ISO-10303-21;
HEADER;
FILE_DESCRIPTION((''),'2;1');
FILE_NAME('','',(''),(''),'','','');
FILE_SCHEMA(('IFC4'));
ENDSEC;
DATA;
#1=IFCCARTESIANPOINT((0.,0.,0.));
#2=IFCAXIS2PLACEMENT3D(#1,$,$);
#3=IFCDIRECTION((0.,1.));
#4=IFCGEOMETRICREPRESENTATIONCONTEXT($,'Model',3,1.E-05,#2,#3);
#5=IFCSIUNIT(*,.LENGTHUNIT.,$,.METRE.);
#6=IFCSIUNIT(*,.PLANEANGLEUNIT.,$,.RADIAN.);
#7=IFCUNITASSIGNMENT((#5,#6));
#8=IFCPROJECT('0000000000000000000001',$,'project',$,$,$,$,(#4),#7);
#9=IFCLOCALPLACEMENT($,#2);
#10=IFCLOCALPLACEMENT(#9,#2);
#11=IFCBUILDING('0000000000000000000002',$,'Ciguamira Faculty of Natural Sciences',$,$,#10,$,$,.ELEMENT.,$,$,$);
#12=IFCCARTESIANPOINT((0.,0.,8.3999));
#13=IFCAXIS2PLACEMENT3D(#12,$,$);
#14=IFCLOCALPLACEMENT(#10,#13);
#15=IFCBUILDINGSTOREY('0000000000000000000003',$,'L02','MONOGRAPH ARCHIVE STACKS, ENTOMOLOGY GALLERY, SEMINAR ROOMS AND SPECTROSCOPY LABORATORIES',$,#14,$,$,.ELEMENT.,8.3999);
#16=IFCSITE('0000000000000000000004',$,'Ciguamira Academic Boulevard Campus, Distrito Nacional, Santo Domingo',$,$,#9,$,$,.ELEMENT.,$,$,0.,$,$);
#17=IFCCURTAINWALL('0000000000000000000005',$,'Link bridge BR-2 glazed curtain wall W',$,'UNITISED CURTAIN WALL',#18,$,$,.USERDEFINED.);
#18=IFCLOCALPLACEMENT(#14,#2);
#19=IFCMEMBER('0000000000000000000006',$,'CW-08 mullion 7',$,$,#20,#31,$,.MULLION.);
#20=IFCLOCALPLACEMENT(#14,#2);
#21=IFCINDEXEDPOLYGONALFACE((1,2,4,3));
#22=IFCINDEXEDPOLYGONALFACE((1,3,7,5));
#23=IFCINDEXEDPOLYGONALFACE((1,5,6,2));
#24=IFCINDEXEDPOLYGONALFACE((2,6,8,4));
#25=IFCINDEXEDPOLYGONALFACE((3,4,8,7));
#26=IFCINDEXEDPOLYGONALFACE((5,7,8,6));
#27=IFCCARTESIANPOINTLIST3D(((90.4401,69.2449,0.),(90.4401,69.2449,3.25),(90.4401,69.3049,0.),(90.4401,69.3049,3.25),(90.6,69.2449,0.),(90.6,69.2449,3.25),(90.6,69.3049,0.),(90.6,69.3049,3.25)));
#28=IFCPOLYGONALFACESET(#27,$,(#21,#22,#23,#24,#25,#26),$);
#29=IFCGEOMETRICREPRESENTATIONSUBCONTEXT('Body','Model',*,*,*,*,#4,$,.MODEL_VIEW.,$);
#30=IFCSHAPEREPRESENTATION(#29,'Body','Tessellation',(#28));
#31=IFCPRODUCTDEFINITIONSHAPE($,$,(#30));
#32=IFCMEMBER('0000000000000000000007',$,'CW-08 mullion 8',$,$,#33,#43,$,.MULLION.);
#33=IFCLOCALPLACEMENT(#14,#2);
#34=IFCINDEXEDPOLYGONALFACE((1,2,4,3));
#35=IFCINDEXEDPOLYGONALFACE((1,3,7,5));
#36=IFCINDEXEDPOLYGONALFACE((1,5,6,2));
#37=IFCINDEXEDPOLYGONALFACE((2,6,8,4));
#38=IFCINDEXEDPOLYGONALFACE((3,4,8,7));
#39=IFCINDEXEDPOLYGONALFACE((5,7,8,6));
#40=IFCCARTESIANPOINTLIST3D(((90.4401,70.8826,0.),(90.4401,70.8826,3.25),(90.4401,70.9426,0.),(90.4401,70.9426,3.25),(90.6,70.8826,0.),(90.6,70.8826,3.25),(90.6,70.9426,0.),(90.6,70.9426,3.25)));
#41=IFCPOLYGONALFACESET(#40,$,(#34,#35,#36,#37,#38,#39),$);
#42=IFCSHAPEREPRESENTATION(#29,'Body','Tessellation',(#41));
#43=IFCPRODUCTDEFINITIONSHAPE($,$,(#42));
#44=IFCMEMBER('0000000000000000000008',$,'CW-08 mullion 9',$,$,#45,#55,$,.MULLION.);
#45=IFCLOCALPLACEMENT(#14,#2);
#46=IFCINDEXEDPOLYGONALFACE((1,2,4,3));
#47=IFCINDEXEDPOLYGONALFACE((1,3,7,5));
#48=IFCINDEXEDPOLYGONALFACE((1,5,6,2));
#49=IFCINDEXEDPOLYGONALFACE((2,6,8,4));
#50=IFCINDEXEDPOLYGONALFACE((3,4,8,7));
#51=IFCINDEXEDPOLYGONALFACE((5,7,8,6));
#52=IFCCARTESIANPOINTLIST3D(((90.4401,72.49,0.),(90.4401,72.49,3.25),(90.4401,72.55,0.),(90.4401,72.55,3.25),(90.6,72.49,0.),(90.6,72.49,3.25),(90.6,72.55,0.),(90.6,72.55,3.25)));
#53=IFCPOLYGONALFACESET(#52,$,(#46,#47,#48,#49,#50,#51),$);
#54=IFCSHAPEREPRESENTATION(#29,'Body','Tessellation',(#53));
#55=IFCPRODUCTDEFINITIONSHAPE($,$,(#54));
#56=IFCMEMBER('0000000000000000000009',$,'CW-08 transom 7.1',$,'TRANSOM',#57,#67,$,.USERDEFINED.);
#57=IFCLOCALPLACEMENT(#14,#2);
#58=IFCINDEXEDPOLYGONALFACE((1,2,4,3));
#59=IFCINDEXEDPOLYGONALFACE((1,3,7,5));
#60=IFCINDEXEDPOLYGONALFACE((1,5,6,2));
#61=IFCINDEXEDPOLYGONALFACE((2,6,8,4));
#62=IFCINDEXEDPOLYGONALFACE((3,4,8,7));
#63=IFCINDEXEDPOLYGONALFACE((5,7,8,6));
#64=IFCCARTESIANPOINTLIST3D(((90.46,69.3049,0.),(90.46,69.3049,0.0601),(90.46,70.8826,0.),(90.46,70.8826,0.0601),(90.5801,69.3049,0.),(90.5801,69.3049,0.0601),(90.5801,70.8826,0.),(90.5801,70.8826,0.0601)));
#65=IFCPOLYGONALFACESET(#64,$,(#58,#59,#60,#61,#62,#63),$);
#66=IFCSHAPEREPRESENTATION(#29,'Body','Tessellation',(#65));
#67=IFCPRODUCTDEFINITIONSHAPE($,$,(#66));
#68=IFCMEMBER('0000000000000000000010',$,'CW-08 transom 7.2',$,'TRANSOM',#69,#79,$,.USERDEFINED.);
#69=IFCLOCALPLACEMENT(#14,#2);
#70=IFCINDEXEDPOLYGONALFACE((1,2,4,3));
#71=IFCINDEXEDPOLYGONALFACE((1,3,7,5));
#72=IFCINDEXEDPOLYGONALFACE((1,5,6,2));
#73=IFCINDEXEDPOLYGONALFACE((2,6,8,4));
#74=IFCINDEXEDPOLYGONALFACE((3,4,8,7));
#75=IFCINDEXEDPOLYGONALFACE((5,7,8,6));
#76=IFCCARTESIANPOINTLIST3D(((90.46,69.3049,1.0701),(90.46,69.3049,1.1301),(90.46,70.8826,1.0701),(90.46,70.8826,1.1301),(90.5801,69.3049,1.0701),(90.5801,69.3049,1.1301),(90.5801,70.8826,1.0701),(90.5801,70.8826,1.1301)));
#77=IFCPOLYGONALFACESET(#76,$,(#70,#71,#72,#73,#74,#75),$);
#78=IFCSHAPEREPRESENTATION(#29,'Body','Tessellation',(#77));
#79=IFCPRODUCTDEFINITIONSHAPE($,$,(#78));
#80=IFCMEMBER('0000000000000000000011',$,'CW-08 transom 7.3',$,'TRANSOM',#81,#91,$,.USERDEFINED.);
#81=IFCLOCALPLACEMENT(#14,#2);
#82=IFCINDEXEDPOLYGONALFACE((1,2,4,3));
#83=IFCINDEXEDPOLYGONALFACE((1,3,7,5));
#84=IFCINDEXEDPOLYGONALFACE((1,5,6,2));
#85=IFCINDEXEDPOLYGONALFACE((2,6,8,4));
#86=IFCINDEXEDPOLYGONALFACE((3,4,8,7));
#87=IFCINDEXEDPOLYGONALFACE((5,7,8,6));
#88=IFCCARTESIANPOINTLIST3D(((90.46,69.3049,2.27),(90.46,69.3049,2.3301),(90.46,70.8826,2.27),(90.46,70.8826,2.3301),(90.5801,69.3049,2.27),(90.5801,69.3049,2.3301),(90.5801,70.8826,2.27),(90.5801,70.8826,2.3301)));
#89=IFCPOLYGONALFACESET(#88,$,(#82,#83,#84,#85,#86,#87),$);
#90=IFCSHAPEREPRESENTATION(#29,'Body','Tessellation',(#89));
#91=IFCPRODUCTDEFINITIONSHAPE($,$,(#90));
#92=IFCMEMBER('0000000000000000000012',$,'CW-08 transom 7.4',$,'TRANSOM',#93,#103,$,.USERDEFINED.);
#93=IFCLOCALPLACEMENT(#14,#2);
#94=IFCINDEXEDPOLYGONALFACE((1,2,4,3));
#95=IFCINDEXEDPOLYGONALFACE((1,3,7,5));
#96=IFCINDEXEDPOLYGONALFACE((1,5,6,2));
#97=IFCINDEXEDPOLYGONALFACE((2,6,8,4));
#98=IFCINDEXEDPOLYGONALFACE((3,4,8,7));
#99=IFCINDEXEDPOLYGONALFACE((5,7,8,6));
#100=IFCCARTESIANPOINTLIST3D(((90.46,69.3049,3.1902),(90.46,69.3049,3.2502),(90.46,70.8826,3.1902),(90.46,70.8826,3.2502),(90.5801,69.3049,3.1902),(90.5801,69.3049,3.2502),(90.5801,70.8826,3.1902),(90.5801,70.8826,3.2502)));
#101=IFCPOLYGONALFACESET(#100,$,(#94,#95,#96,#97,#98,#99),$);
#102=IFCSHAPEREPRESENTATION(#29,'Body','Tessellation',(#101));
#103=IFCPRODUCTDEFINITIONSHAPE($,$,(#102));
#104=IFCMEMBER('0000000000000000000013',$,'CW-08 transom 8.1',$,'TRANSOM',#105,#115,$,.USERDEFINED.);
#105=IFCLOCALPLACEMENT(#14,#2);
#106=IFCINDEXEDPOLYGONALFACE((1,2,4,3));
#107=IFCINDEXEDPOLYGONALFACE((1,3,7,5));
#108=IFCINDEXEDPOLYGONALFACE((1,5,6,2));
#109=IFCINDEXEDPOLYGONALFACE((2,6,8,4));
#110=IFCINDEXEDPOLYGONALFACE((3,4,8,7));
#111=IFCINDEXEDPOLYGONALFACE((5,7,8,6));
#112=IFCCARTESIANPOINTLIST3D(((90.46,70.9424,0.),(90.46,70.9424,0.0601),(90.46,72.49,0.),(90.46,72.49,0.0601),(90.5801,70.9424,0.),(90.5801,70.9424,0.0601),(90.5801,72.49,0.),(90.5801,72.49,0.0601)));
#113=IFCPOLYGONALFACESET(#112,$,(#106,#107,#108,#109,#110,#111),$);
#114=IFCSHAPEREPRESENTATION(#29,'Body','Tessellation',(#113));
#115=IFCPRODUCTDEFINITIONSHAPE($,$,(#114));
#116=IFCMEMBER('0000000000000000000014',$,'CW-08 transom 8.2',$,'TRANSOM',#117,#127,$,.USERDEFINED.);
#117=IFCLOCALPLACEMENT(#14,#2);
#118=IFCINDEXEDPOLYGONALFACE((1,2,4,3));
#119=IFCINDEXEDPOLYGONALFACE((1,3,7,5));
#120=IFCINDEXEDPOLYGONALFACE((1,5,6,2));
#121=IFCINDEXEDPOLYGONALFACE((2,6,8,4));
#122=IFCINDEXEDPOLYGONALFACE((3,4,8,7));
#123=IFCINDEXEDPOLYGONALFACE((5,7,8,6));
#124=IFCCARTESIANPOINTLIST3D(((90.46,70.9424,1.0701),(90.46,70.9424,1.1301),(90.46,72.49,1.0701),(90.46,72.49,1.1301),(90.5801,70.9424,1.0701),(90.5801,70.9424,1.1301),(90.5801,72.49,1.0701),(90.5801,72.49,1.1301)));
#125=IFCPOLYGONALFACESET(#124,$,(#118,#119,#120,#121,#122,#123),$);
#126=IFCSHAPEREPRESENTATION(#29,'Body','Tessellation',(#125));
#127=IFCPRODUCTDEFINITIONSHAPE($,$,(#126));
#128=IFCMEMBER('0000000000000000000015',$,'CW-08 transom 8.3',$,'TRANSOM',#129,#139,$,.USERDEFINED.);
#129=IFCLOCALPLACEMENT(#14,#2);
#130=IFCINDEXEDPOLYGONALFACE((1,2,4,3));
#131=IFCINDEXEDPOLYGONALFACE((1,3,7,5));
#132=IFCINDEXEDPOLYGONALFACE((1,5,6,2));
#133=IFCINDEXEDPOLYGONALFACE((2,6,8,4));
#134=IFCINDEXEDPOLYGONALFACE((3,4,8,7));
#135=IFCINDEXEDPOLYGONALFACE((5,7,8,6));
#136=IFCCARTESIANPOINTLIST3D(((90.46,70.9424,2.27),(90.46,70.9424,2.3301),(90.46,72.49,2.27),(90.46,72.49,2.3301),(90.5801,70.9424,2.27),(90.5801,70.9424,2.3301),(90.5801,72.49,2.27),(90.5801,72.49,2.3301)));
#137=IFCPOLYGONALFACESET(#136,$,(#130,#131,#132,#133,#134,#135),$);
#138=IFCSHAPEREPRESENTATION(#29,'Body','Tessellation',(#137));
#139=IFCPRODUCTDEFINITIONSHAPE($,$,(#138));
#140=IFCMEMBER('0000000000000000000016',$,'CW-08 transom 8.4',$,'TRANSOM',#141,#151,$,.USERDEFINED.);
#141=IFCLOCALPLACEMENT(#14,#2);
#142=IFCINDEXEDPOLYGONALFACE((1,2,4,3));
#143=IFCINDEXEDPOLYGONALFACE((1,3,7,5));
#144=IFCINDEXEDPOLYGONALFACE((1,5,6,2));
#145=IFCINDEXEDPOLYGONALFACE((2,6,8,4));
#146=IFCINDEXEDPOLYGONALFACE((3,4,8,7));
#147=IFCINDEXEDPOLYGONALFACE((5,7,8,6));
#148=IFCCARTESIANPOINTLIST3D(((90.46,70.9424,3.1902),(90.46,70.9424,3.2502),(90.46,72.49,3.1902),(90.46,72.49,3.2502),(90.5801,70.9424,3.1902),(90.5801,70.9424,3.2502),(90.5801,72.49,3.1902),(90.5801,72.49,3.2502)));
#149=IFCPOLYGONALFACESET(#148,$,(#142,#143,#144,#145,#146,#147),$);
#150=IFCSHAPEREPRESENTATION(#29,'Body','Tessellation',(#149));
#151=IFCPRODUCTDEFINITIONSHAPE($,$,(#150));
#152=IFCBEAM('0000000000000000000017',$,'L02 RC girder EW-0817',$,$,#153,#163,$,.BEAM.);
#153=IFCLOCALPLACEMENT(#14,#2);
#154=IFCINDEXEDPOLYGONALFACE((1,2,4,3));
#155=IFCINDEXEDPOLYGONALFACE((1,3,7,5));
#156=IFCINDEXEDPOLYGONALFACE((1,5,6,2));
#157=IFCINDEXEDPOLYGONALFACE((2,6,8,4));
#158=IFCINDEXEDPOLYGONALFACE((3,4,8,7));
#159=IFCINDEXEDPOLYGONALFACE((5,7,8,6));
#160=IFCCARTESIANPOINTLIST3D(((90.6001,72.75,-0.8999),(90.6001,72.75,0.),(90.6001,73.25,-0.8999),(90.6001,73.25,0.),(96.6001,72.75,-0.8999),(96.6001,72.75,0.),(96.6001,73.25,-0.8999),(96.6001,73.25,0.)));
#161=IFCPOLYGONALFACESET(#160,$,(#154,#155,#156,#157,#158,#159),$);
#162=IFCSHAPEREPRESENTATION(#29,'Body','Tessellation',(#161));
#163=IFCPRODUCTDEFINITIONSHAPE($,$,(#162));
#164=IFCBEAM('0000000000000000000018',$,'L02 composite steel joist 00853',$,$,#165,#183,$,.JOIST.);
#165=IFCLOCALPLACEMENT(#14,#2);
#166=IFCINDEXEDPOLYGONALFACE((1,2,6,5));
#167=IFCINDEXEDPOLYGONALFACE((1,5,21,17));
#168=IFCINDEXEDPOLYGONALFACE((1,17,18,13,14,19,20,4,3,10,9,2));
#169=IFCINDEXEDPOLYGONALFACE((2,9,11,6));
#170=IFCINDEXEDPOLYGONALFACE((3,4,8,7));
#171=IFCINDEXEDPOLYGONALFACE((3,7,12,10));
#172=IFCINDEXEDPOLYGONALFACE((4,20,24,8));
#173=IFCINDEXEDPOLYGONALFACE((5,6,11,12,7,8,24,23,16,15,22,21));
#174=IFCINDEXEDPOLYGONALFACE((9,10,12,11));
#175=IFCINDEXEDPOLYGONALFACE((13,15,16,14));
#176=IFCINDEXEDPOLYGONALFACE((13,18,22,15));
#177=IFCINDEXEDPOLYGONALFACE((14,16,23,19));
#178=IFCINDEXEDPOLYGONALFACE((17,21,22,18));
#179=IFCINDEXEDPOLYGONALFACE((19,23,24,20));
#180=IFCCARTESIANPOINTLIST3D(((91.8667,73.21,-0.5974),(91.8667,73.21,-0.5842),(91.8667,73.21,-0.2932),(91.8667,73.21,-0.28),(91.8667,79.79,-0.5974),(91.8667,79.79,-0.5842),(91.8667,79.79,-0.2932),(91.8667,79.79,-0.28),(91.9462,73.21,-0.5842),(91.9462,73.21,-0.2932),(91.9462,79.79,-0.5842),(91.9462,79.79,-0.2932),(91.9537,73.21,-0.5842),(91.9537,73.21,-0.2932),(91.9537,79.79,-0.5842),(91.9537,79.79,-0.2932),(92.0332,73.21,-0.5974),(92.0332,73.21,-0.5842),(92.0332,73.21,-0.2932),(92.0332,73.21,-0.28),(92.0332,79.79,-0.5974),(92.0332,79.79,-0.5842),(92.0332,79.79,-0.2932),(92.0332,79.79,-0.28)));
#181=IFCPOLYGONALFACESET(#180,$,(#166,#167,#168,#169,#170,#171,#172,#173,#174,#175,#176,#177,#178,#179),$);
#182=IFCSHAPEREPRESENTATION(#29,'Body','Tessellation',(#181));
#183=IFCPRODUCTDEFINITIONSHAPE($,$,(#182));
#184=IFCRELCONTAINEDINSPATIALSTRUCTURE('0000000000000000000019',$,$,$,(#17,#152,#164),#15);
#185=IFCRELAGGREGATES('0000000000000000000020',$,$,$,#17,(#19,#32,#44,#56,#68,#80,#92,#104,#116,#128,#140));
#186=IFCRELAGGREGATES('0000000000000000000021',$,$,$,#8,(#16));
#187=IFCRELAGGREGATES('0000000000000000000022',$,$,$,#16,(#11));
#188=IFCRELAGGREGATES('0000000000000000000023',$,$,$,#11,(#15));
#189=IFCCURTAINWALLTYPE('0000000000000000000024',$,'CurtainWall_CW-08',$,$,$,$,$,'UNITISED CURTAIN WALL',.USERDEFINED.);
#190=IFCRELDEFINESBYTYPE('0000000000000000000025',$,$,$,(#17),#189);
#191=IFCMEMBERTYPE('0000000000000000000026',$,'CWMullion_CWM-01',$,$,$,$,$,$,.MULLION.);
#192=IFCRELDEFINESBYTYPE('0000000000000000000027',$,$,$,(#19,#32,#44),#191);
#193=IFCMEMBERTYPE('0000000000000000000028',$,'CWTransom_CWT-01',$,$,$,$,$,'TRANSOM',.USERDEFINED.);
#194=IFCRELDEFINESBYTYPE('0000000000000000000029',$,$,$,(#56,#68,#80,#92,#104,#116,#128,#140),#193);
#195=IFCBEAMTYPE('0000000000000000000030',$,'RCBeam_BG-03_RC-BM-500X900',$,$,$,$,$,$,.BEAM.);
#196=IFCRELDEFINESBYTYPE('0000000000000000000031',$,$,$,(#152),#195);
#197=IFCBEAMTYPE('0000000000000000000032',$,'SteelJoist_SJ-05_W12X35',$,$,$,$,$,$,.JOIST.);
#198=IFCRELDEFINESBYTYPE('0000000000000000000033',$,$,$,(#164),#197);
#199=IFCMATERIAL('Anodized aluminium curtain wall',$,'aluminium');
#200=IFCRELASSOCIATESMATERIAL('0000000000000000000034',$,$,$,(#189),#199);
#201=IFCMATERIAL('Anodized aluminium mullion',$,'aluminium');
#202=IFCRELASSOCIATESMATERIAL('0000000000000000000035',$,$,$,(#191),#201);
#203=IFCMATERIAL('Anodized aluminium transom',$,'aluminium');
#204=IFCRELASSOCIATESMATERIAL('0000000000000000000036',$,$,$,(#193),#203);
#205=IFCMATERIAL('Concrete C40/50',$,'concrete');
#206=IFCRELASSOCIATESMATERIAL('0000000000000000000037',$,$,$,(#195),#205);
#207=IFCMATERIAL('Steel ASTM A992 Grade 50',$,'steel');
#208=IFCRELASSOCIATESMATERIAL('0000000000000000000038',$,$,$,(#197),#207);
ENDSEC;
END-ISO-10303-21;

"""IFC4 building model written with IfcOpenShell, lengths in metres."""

from ifc_helpers import new_model, si_unit, direction, frame, origin, origin_2d, place, context, subcontext, project, spatial, rectangle, i_section, extrude, material, material_profile, profile_set, type_object, element, aggregate, save


model = new_model("IFC4")

# Units and contexts
model_context = context("Model", 3, precision=1e-05, world=origin(), true_north=direction((0.0, 1.0)))
body_context = subcontext(model_context, "Body", "Model", "MODEL_VIEW")
ifc_project = project(units=[si_unit("LENGTHUNIT", "METRE"), si_unit("PLANEANGLEUNIT", "RADIAN")], contexts=[model_context])

# Site, building, storey
site_placement = place(None, origin())
site = spatial("IfcSite", under=ifc_project, at=site_placement, Name="Ciguamira Academic Boulevard Campus, Distrito Nacional, Santo Domingo", CompositionType="ELEMENT", RefElevation=0.0)
building_placement = place(site_placement, origin())
building = spatial("IfcBuilding", under=site, at=building_placement, Name="Ciguamira Faculty of Natural Sciences", CompositionType="ELEMENT")
storey_placement = place(building_placement, frame((0.0, 0.0, 8.3999)))
storey = spatial("IfcBuildingStorey", under=building, at=storey_placement, Name="L02", Description="MONOGRAPH ARCHIVE STACKS, ENTOMOLOGY GALLERY, SEMINAR ROOMS AND SPECTROSCOPY LABORATORIES", CompositionType="ELEMENT", Elevation=8.3999)

# Curtain wall, members
ifc_material_1 = material(Name="Anodized aluminium curtain wall", Category="aluminium")
curtain_wall_type = type_object("IfcCurtainWallType", Name="CurtainWall_CW-08", ElementType="UNITISED CURTAIN WALL", PredefinedType="USERDEFINED", material=ifc_material_1)
curtain_wall_placement = place(storey_placement, origin())
curtain_wall = element("IfcCurtainWall", 1, at=curtain_wall_placement, inside=storey, type_object=curtain_wall_type, Name="Link bridge BR-2 glazed curtain wall W", ObjectType="UNITISED CURTAIN WALL", PredefinedType="USERDEFINED")
ifc_material_2 = material(Name="Anodized aluminium mullion", Category="aluminium")
ifc_material_profile_1 = material_profile(ifc_material_2, rectangle(XDim=0.0601, YDim=0.1599, at=origin_2d()), Name="ALU-MUL-60X160")
ifc_profile_set_1 = profile_set([ifc_material_profile_1], Name="Anodized aluminium mullion")
member_type_1 = type_object("IfcMemberType", Name="CWMullion_CWM-01", PredefinedType="MULLION", material=ifc_profile_set_1)
member_1_placement = place(storey_placement, frame((90.52, 69.2749, 0.0), z_axis=(0.0, 0.0, 1.0), x_axis=(0.0, 1.0, 0.0)))
member_1 = element("IfcMember", 2, at=member_1_placement, type_object=member_type_1, Name="CW-08 mullion 7", PredefinedType="MULLION", context=body_context, shape_type="SweptSolid", body=[
    extrude(rectangle(XDim=0.0601, YDim=0.1599, at=origin_2d()), origin(), (0.0, 0.0, 1.0), 3.25),
])
member_2_placement = place(storey_placement, frame((90.52, 70.9126, 0.0), z_axis=(0.0, 0.0, 1.0), x_axis=(0.0, 1.0, 0.0)))
member_2 = element("IfcMember", 3, at=member_2_placement, type_object=member_type_1, Name="CW-08 mullion 8", PredefinedType="MULLION", context=body_context, shape_type="SweptSolid", body=[
    extrude(rectangle(XDim=0.0601, YDim=0.1599, at=origin_2d()), origin(), (0.0, 0.0, 1.0), 3.25),
])
member_3_placement = place(storey_placement, frame((90.52, 72.52, 0.0), z_axis=(0.0, 0.0, 1.0), x_axis=(0.0, 1.0, 0.0)))
member_3 = element("IfcMember", 4, at=member_3_placement, type_object=member_type_1, Name="CW-08 mullion 9", PredefinedType="MULLION", context=body_context, shape_type="SweptSolid", body=[
    extrude(rectangle(XDim=0.0601, YDim=0.1599, at=origin_2d()), origin(), (0.0, 0.0, 1.0), 3.25),
])
ifc_material_3 = material(Name="Anodized aluminium transom", Category="aluminium")
ifc_material_profile_2 = material_profile(ifc_material_3, rectangle(XDim=0.0601, YDim=0.1201, at=origin_2d()), Name="ALU-TRN-60X120")
ifc_profile_set_2 = profile_set([ifc_material_profile_2], Name="Anodized aluminium transom")
member_type_2 = type_object("IfcMemberType", Name="CWTransom_CWT-01", ElementType="TRANSOM", PredefinedType="USERDEFINED", material=ifc_profile_set_2)
member_4_placement = place(storey_placement, frame((90.52, 69.3049, 0.03), z_axis=(0.0, 1.0, 0.0), x_axis=(0.0, 0.0, 1.0)))
member_4 = element("IfcMember", 5, at=member_4_placement, type_object=member_type_2, Name="CW-08 transom 7.1", ObjectType="TRANSOM", PredefinedType="USERDEFINED", context=body_context, shape_type="SweptSolid", body=[
    extrude(rectangle(XDim=0.0601, YDim=0.1201, at=origin_2d()), origin(), (0.0, 0.0, 1.0), 1.5776),
])
member_5_placement = place(storey_placement, frame((90.52, 69.3049, 1.1001), z_axis=(0.0, 1.0, 0.0), x_axis=(0.0, 0.0, 1.0)))
member_5 = element("IfcMember", 6, at=member_5_placement, type_object=member_type_2, Name="CW-08 transom 7.2", ObjectType="TRANSOM", PredefinedType="USERDEFINED", context=body_context, shape_type="SweptSolid", body=[
    extrude(rectangle(XDim=0.0601, YDim=0.1201, at=origin_2d()), origin(), (0.0, 0.0, 1.0), 1.5776),
])
member_6_placement = place(storey_placement, frame((90.52, 69.3049, 2.3), z_axis=(0.0, 1.0, 0.0), x_axis=(0.0, 0.0, 1.0)))
member_6 = element("IfcMember", 7, at=member_6_placement, type_object=member_type_2, Name="CW-08 transom 7.3", ObjectType="TRANSOM", PredefinedType="USERDEFINED", context=body_context, shape_type="SweptSolid", body=[
    extrude(rectangle(XDim=0.0601, YDim=0.1201, at=origin_2d()), origin(), (0.0, 0.0, 1.0), 1.5776),
])
member_7_placement = place(storey_placement, frame((90.52, 69.3049, 3.2202), z_axis=(0.0, 1.0, 0.0), x_axis=(0.0, 0.0, 1.0)))
member_7 = element("IfcMember", 8, at=member_7_placement, type_object=member_type_2, Name="CW-08 transom 7.4", ObjectType="TRANSOM", PredefinedType="USERDEFINED", context=body_context, shape_type="SweptSolid", body=[
    extrude(rectangle(XDim=0.0601, YDim=0.1201, at=origin_2d()), origin(), (0.0, 0.0, 1.0), 1.5776),
])
member_8_placement = place(storey_placement, frame((90.52, 70.9424, 0.03), z_axis=(0.0, 1.0, 0.0), x_axis=(0.0, 0.0, 1.0)))
member_8 = element("IfcMember", 9, at=member_8_placement, type_object=member_type_2, Name="CW-08 transom 8.1", ObjectType="TRANSOM", PredefinedType="USERDEFINED", context=body_context, shape_type="SweptSolid", body=[
    extrude(rectangle(XDim=0.0601, YDim=0.1201, at=origin_2d()), origin(), (0.0, 0.0, 1.0), 1.5476),
])
member_9_placement = place(storey_placement, frame((90.52, 70.9424, 1.1001), z_axis=(0.0, 1.0, 0.0), x_axis=(0.0, 0.0, 1.0)))
member_9 = element("IfcMember", 10, at=member_9_placement, type_object=member_type_2, Name="CW-08 transom 8.2", ObjectType="TRANSOM", PredefinedType="USERDEFINED", context=body_context, shape_type="SweptSolid", body=[
    extrude(rectangle(XDim=0.0601, YDim=0.1201, at=origin_2d()), origin(), (0.0, 0.0, 1.0), 1.5476),
])
member_10_placement = place(storey_placement, frame((90.52, 70.9424, 2.3), z_axis=(0.0, 1.0, 0.0), x_axis=(0.0, 0.0, 1.0)))
member_10 = element("IfcMember", 11, at=member_10_placement, type_object=member_type_2, Name="CW-08 transom 8.3", ObjectType="TRANSOM", PredefinedType="USERDEFINED", context=body_context, shape_type="SweptSolid", body=[
    extrude(rectangle(XDim=0.0601, YDim=0.1201, at=origin_2d()), origin(), (0.0, 0.0, 1.0), 1.5476),
])
member_11_placement = place(storey_placement, frame((90.52, 70.9424, 3.2202), z_axis=(0.0, 1.0, 0.0), x_axis=(0.0, 0.0, 1.0)))
member_11 = element("IfcMember", 12, at=member_11_placement, type_object=member_type_2, Name="CW-08 transom 8.4", ObjectType="TRANSOM", PredefinedType="USERDEFINED", context=body_context, shape_type="SweptSolid", body=[
    extrude(rectangle(XDim=0.0601, YDim=0.1201, at=origin_2d()), origin(), (0.0, 0.0, 1.0), 1.5476),
])

# Beams
ifc_material_4 = material(Name="Concrete C40/50", Category="concrete")
ifc_material_profile_3 = material_profile(ifc_material_4, rectangle(XDim=0.5, YDim=0.8999, at=origin_2d()), Name="RC-BM-500X900")
ifc_profile_set_3 = profile_set([ifc_material_profile_3], Name="Concrete C40/50")
beam_type_1 = type_object("IfcBeamType", Name="RCBeam_BG-03_RC-BM-500X900", PredefinedType="BEAM", material=ifc_profile_set_3)
beam_1_placement = place(storey_placement, frame((90.6001, 73.0, -0.45), z_axis=(1.0, 0.0, 0.0), x_axis=(0.0, 1.0, 0.0)))
element("IfcBeam", 13, at=beam_1_placement, inside=storey, type_object=beam_type_1, Name="L02 RC girder EW-0817", PredefinedType="BEAM", context=body_context, shape_type="SweptSolid", body=[
    extrude(rectangle(XDim=0.5, YDim=0.8999, at=origin_2d()), origin(), (0.0, 0.0, 1.0), 6.0),
])
ifc_material_5 = material(Name="Steel ASTM A992 Grade 50", Category="steel")
ifc_material_profile_4 = material_profile(ifc_material_5, i_section(OverallWidth=0.1665, OverallDepth=0.3174, WebThickness=0.0076, FlangeThickness=0.0132, at=origin_2d()), Name="W12X35")
ifc_profile_set_4 = profile_set([ifc_material_profile_4], Name="Steel ASTM A992 Grade 50")
beam_type_2 = type_object("IfcBeamType", Name="SteelJoist_SJ-05_W12X35", PredefinedType="JOIST", material=ifc_profile_set_4)
beam_2_placement = place(storey_placement, frame((91.95, 73.21, -0.4387), z_axis=(0.0, 1.0, 0.0), x_axis=(-1.0, 0.0, 0.0)))
element("IfcBeam", 14, at=beam_2_placement, inside=storey, type_object=beam_type_2, Name="L02 composite steel joist 00853", PredefinedType="JOIST", context=body_context, shape_type="SweptSolid", body=[
    extrude(i_section(OverallWidth=0.1665, OverallDepth=0.3174, WebThickness=0.0076, FlangeThickness=0.0132, at=origin_2d()), origin(), (0.0, 0.0, 1.0), 6.5801),
])

aggregate(curtain_wall, [member_1, member_2, member_3, member_4, member_5, member_6, member_7, member_8, member_9, member_10, member_11])

save(model, "model.ifc")
